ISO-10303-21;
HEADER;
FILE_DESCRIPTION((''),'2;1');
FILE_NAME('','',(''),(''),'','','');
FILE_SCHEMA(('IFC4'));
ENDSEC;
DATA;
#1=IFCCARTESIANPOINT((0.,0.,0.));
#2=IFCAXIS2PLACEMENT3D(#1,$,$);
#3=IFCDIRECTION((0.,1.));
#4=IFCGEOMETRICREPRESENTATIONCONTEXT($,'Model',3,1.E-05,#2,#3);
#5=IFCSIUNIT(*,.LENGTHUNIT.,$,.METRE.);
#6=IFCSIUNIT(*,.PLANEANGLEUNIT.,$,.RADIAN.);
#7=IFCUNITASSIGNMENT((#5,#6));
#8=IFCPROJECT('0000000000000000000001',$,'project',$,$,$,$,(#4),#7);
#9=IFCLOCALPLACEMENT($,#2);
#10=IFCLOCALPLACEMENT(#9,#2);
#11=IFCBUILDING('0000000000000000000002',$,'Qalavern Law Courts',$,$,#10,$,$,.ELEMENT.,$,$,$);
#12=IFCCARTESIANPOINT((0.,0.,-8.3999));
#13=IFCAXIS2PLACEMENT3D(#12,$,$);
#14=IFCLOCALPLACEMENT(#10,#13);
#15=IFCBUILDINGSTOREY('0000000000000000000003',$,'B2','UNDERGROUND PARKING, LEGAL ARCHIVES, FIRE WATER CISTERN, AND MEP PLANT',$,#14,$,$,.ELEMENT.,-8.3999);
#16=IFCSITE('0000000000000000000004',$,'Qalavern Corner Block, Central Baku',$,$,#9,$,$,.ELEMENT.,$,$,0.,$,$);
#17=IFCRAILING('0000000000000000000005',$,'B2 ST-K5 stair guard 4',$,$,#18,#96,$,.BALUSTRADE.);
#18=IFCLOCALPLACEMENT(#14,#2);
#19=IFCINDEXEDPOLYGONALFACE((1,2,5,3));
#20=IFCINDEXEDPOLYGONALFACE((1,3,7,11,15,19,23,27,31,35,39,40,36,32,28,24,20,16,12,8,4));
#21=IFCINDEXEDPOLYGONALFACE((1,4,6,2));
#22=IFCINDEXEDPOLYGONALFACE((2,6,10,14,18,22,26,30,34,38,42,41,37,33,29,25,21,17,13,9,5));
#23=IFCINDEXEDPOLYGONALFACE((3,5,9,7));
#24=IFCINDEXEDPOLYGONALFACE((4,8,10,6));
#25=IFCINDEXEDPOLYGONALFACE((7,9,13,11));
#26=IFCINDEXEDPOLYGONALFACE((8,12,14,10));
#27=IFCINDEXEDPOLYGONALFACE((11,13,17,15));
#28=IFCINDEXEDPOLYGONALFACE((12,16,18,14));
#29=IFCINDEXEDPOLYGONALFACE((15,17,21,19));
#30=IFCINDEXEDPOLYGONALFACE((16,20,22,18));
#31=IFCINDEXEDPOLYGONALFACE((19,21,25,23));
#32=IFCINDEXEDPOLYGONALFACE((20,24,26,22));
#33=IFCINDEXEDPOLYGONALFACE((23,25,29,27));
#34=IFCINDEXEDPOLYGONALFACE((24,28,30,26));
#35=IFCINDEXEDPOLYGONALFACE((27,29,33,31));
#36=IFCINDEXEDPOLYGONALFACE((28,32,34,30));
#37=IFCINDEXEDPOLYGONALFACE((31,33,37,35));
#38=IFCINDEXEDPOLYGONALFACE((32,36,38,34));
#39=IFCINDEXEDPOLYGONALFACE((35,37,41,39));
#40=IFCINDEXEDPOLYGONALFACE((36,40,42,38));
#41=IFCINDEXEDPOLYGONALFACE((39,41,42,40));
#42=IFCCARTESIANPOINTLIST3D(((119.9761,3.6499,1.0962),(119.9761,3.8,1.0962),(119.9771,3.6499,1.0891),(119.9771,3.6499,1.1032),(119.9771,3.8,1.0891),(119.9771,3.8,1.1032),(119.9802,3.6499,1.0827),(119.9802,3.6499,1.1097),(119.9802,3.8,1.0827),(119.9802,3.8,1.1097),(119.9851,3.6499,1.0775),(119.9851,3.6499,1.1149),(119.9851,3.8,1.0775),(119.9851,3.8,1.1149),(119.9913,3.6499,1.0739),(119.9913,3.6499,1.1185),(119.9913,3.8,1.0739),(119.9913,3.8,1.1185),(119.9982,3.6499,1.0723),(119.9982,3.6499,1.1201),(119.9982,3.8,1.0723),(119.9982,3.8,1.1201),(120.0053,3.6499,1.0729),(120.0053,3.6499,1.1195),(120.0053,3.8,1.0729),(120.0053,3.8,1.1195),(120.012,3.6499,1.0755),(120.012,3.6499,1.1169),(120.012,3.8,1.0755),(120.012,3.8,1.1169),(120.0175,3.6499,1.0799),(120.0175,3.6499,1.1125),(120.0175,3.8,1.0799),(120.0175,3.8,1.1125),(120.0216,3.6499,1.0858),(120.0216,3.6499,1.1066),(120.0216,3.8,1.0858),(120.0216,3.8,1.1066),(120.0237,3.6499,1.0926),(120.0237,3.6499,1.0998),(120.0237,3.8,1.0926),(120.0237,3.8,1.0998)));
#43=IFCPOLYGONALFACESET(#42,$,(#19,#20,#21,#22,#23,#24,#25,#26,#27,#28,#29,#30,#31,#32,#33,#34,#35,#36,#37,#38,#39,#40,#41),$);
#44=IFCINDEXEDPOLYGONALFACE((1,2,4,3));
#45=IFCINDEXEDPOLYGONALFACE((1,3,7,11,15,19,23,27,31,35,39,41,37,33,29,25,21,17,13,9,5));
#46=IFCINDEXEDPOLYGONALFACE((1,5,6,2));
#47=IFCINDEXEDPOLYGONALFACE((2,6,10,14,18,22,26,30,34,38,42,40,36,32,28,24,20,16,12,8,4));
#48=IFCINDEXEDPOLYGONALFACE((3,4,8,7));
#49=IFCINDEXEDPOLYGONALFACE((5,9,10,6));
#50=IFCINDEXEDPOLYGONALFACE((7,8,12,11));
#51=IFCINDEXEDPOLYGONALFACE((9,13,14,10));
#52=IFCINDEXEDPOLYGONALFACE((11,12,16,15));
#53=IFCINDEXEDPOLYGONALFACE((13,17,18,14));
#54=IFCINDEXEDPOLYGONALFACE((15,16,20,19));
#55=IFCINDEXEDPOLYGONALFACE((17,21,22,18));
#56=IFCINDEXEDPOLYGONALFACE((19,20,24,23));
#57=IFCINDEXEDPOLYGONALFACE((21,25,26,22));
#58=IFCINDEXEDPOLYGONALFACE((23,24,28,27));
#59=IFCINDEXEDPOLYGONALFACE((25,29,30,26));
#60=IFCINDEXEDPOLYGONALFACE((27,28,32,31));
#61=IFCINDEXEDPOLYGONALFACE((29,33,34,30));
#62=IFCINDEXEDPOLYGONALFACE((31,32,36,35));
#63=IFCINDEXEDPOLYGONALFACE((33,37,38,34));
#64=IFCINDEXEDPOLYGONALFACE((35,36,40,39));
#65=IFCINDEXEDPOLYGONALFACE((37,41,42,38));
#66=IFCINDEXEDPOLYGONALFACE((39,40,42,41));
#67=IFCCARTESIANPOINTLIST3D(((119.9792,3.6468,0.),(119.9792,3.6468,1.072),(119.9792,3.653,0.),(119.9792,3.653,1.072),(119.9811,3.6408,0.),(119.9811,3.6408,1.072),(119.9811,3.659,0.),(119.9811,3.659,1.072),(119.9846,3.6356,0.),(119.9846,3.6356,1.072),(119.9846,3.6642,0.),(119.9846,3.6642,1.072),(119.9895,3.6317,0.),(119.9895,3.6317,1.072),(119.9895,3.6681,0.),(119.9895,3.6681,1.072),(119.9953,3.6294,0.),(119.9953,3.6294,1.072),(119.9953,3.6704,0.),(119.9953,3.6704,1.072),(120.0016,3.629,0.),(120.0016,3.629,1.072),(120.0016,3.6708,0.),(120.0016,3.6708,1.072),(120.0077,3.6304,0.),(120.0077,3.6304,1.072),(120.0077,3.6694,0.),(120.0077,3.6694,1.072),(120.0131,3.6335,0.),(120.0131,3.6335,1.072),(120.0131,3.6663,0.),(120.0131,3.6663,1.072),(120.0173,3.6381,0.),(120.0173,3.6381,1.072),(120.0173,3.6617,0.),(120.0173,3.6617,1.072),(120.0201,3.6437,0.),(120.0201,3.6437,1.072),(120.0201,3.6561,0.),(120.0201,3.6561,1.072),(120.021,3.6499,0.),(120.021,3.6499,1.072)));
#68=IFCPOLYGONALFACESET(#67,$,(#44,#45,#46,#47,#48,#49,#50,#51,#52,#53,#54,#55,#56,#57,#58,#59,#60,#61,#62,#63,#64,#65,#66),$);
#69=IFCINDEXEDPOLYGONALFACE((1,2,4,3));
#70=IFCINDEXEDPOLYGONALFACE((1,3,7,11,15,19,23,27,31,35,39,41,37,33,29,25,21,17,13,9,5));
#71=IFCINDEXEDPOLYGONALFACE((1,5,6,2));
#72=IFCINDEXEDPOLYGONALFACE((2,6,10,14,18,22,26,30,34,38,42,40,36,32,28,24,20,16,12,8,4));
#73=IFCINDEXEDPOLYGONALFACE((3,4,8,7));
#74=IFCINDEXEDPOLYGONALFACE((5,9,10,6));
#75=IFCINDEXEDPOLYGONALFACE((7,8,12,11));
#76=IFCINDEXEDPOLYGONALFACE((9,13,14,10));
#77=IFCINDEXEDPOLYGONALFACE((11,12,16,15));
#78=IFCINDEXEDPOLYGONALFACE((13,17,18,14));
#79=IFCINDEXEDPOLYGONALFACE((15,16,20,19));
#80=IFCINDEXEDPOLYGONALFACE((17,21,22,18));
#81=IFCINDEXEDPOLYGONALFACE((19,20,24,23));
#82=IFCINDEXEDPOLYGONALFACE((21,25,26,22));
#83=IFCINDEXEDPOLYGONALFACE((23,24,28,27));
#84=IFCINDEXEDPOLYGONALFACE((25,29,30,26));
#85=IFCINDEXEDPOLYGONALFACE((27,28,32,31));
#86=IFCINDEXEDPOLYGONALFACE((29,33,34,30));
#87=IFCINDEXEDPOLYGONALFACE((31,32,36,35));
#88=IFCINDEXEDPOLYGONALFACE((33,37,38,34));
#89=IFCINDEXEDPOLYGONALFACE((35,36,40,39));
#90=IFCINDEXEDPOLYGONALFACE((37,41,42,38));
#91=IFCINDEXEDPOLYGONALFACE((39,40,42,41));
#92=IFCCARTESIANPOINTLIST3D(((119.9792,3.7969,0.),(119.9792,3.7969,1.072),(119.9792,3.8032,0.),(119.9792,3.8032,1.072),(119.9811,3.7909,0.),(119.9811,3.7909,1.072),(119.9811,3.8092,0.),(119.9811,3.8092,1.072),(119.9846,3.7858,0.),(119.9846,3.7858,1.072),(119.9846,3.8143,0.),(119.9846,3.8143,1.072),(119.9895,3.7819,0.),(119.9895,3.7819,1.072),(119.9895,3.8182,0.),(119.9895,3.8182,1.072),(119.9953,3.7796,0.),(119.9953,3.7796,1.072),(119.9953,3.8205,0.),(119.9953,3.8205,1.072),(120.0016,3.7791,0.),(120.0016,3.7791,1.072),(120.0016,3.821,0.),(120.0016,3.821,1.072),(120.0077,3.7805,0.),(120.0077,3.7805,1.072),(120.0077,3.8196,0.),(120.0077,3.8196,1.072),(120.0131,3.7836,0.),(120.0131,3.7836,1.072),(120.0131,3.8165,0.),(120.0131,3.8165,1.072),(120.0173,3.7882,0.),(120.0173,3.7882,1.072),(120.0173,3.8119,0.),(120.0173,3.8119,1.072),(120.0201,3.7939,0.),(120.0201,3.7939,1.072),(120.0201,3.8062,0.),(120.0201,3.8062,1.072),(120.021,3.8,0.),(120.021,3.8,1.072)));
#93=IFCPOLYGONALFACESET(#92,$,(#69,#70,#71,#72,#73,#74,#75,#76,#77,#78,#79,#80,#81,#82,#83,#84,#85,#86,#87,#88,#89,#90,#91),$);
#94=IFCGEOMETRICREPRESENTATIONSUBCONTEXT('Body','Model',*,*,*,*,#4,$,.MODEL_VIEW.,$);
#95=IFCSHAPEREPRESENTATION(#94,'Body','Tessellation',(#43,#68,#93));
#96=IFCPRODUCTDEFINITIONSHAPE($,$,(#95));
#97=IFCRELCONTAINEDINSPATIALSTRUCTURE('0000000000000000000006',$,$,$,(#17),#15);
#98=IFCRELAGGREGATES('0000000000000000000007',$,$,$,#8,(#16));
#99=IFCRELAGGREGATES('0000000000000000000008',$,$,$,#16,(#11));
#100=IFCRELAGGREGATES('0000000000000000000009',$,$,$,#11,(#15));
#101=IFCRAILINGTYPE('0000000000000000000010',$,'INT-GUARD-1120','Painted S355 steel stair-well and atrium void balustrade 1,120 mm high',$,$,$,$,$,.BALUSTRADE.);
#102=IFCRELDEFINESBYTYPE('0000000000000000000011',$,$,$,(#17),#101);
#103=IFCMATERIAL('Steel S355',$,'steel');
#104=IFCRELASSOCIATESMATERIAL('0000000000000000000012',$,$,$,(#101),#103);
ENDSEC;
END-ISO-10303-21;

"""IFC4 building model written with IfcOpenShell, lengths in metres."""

from ifc_helpers import new_model, si_unit, direction, frame, origin, origin_2d, place, context, subcontext, project, spatial, circle, extrude, material, type_object, element, save


model = new_model("IFC4")

# Units and contexts
model_context = context("Model", 3, precision=1e-05, world=origin(), true_north=direction((0.0, 1.0)))
body_context = subcontext(model_context, "Body", "Model", "MODEL_VIEW")
ifc_project = project(units=[si_unit("LENGTHUNIT", "METRE"), si_unit("PLANEANGLEUNIT", "RADIAN")], contexts=[model_context])

# Site, building, storey
site_placement = place(None, origin())
site = spatial("IfcSite", under=ifc_project, at=site_placement, Name="Qalavern Corner Block, Central Baku", CompositionType="ELEMENT", RefElevation=0.0)
building_placement = place(site_placement, origin())
building = spatial("IfcBuilding", under=site, at=building_placement, Name="Qalavern Law Courts", CompositionType="ELEMENT")
storey_placement = place(building_placement, frame((0.0, 0.0, -8.3999)))
storey = spatial("IfcBuildingStorey", under=building, at=storey_placement, Name="B2", Description="UNDERGROUND PARKING, LEGAL ARCHIVES, FIRE WATER CISTERN, AND MEP PLANT", CompositionType="ELEMENT", Elevation=-8.3999)

# Railing
ifc_material_1 = material(Name="Steel S355", Category="steel")
railing_type_1 = type_object("IfcRailingType", Name="INT-GUARD-1120", Description="Painted S355 steel stair-well and atrium void balustrade 1,120 mm high", PredefinedType="BALUSTRADE", material=ifc_material_1)
railing_1_placement = place(storey_placement, frame((120.0, 3.6499, 0.0)))
element("IfcRailing", 1, at=railing_1_placement, inside=storey, type_object=railing_type_1, Name="B2 ST-K5 stair guard 4", PredefinedType="BALUSTRADE", context=body_context, shape_type="SweptSolid", body=[
    extrude(circle(Radius=0.0239, at=origin_2d()), frame((0.0, 0.0, 1.0962), z_axis=(0.0, 1.0, 0.0), x_axis=(-1.0, 0.0, 0.0)), (0.0, 0.0, 1.0), 0.1501),
    extrude(circle(Radius=0.021, at=origin_2d()), origin(), (0.0, 0.0, 1.0), 1.072),
    extrude(circle(Radius=0.021, at=origin_2d()), frame((0.0, 0.1501, 0.0)), (0.0, 0.0, 1.0), 1.072),
])

save(model, "model.ifc")
